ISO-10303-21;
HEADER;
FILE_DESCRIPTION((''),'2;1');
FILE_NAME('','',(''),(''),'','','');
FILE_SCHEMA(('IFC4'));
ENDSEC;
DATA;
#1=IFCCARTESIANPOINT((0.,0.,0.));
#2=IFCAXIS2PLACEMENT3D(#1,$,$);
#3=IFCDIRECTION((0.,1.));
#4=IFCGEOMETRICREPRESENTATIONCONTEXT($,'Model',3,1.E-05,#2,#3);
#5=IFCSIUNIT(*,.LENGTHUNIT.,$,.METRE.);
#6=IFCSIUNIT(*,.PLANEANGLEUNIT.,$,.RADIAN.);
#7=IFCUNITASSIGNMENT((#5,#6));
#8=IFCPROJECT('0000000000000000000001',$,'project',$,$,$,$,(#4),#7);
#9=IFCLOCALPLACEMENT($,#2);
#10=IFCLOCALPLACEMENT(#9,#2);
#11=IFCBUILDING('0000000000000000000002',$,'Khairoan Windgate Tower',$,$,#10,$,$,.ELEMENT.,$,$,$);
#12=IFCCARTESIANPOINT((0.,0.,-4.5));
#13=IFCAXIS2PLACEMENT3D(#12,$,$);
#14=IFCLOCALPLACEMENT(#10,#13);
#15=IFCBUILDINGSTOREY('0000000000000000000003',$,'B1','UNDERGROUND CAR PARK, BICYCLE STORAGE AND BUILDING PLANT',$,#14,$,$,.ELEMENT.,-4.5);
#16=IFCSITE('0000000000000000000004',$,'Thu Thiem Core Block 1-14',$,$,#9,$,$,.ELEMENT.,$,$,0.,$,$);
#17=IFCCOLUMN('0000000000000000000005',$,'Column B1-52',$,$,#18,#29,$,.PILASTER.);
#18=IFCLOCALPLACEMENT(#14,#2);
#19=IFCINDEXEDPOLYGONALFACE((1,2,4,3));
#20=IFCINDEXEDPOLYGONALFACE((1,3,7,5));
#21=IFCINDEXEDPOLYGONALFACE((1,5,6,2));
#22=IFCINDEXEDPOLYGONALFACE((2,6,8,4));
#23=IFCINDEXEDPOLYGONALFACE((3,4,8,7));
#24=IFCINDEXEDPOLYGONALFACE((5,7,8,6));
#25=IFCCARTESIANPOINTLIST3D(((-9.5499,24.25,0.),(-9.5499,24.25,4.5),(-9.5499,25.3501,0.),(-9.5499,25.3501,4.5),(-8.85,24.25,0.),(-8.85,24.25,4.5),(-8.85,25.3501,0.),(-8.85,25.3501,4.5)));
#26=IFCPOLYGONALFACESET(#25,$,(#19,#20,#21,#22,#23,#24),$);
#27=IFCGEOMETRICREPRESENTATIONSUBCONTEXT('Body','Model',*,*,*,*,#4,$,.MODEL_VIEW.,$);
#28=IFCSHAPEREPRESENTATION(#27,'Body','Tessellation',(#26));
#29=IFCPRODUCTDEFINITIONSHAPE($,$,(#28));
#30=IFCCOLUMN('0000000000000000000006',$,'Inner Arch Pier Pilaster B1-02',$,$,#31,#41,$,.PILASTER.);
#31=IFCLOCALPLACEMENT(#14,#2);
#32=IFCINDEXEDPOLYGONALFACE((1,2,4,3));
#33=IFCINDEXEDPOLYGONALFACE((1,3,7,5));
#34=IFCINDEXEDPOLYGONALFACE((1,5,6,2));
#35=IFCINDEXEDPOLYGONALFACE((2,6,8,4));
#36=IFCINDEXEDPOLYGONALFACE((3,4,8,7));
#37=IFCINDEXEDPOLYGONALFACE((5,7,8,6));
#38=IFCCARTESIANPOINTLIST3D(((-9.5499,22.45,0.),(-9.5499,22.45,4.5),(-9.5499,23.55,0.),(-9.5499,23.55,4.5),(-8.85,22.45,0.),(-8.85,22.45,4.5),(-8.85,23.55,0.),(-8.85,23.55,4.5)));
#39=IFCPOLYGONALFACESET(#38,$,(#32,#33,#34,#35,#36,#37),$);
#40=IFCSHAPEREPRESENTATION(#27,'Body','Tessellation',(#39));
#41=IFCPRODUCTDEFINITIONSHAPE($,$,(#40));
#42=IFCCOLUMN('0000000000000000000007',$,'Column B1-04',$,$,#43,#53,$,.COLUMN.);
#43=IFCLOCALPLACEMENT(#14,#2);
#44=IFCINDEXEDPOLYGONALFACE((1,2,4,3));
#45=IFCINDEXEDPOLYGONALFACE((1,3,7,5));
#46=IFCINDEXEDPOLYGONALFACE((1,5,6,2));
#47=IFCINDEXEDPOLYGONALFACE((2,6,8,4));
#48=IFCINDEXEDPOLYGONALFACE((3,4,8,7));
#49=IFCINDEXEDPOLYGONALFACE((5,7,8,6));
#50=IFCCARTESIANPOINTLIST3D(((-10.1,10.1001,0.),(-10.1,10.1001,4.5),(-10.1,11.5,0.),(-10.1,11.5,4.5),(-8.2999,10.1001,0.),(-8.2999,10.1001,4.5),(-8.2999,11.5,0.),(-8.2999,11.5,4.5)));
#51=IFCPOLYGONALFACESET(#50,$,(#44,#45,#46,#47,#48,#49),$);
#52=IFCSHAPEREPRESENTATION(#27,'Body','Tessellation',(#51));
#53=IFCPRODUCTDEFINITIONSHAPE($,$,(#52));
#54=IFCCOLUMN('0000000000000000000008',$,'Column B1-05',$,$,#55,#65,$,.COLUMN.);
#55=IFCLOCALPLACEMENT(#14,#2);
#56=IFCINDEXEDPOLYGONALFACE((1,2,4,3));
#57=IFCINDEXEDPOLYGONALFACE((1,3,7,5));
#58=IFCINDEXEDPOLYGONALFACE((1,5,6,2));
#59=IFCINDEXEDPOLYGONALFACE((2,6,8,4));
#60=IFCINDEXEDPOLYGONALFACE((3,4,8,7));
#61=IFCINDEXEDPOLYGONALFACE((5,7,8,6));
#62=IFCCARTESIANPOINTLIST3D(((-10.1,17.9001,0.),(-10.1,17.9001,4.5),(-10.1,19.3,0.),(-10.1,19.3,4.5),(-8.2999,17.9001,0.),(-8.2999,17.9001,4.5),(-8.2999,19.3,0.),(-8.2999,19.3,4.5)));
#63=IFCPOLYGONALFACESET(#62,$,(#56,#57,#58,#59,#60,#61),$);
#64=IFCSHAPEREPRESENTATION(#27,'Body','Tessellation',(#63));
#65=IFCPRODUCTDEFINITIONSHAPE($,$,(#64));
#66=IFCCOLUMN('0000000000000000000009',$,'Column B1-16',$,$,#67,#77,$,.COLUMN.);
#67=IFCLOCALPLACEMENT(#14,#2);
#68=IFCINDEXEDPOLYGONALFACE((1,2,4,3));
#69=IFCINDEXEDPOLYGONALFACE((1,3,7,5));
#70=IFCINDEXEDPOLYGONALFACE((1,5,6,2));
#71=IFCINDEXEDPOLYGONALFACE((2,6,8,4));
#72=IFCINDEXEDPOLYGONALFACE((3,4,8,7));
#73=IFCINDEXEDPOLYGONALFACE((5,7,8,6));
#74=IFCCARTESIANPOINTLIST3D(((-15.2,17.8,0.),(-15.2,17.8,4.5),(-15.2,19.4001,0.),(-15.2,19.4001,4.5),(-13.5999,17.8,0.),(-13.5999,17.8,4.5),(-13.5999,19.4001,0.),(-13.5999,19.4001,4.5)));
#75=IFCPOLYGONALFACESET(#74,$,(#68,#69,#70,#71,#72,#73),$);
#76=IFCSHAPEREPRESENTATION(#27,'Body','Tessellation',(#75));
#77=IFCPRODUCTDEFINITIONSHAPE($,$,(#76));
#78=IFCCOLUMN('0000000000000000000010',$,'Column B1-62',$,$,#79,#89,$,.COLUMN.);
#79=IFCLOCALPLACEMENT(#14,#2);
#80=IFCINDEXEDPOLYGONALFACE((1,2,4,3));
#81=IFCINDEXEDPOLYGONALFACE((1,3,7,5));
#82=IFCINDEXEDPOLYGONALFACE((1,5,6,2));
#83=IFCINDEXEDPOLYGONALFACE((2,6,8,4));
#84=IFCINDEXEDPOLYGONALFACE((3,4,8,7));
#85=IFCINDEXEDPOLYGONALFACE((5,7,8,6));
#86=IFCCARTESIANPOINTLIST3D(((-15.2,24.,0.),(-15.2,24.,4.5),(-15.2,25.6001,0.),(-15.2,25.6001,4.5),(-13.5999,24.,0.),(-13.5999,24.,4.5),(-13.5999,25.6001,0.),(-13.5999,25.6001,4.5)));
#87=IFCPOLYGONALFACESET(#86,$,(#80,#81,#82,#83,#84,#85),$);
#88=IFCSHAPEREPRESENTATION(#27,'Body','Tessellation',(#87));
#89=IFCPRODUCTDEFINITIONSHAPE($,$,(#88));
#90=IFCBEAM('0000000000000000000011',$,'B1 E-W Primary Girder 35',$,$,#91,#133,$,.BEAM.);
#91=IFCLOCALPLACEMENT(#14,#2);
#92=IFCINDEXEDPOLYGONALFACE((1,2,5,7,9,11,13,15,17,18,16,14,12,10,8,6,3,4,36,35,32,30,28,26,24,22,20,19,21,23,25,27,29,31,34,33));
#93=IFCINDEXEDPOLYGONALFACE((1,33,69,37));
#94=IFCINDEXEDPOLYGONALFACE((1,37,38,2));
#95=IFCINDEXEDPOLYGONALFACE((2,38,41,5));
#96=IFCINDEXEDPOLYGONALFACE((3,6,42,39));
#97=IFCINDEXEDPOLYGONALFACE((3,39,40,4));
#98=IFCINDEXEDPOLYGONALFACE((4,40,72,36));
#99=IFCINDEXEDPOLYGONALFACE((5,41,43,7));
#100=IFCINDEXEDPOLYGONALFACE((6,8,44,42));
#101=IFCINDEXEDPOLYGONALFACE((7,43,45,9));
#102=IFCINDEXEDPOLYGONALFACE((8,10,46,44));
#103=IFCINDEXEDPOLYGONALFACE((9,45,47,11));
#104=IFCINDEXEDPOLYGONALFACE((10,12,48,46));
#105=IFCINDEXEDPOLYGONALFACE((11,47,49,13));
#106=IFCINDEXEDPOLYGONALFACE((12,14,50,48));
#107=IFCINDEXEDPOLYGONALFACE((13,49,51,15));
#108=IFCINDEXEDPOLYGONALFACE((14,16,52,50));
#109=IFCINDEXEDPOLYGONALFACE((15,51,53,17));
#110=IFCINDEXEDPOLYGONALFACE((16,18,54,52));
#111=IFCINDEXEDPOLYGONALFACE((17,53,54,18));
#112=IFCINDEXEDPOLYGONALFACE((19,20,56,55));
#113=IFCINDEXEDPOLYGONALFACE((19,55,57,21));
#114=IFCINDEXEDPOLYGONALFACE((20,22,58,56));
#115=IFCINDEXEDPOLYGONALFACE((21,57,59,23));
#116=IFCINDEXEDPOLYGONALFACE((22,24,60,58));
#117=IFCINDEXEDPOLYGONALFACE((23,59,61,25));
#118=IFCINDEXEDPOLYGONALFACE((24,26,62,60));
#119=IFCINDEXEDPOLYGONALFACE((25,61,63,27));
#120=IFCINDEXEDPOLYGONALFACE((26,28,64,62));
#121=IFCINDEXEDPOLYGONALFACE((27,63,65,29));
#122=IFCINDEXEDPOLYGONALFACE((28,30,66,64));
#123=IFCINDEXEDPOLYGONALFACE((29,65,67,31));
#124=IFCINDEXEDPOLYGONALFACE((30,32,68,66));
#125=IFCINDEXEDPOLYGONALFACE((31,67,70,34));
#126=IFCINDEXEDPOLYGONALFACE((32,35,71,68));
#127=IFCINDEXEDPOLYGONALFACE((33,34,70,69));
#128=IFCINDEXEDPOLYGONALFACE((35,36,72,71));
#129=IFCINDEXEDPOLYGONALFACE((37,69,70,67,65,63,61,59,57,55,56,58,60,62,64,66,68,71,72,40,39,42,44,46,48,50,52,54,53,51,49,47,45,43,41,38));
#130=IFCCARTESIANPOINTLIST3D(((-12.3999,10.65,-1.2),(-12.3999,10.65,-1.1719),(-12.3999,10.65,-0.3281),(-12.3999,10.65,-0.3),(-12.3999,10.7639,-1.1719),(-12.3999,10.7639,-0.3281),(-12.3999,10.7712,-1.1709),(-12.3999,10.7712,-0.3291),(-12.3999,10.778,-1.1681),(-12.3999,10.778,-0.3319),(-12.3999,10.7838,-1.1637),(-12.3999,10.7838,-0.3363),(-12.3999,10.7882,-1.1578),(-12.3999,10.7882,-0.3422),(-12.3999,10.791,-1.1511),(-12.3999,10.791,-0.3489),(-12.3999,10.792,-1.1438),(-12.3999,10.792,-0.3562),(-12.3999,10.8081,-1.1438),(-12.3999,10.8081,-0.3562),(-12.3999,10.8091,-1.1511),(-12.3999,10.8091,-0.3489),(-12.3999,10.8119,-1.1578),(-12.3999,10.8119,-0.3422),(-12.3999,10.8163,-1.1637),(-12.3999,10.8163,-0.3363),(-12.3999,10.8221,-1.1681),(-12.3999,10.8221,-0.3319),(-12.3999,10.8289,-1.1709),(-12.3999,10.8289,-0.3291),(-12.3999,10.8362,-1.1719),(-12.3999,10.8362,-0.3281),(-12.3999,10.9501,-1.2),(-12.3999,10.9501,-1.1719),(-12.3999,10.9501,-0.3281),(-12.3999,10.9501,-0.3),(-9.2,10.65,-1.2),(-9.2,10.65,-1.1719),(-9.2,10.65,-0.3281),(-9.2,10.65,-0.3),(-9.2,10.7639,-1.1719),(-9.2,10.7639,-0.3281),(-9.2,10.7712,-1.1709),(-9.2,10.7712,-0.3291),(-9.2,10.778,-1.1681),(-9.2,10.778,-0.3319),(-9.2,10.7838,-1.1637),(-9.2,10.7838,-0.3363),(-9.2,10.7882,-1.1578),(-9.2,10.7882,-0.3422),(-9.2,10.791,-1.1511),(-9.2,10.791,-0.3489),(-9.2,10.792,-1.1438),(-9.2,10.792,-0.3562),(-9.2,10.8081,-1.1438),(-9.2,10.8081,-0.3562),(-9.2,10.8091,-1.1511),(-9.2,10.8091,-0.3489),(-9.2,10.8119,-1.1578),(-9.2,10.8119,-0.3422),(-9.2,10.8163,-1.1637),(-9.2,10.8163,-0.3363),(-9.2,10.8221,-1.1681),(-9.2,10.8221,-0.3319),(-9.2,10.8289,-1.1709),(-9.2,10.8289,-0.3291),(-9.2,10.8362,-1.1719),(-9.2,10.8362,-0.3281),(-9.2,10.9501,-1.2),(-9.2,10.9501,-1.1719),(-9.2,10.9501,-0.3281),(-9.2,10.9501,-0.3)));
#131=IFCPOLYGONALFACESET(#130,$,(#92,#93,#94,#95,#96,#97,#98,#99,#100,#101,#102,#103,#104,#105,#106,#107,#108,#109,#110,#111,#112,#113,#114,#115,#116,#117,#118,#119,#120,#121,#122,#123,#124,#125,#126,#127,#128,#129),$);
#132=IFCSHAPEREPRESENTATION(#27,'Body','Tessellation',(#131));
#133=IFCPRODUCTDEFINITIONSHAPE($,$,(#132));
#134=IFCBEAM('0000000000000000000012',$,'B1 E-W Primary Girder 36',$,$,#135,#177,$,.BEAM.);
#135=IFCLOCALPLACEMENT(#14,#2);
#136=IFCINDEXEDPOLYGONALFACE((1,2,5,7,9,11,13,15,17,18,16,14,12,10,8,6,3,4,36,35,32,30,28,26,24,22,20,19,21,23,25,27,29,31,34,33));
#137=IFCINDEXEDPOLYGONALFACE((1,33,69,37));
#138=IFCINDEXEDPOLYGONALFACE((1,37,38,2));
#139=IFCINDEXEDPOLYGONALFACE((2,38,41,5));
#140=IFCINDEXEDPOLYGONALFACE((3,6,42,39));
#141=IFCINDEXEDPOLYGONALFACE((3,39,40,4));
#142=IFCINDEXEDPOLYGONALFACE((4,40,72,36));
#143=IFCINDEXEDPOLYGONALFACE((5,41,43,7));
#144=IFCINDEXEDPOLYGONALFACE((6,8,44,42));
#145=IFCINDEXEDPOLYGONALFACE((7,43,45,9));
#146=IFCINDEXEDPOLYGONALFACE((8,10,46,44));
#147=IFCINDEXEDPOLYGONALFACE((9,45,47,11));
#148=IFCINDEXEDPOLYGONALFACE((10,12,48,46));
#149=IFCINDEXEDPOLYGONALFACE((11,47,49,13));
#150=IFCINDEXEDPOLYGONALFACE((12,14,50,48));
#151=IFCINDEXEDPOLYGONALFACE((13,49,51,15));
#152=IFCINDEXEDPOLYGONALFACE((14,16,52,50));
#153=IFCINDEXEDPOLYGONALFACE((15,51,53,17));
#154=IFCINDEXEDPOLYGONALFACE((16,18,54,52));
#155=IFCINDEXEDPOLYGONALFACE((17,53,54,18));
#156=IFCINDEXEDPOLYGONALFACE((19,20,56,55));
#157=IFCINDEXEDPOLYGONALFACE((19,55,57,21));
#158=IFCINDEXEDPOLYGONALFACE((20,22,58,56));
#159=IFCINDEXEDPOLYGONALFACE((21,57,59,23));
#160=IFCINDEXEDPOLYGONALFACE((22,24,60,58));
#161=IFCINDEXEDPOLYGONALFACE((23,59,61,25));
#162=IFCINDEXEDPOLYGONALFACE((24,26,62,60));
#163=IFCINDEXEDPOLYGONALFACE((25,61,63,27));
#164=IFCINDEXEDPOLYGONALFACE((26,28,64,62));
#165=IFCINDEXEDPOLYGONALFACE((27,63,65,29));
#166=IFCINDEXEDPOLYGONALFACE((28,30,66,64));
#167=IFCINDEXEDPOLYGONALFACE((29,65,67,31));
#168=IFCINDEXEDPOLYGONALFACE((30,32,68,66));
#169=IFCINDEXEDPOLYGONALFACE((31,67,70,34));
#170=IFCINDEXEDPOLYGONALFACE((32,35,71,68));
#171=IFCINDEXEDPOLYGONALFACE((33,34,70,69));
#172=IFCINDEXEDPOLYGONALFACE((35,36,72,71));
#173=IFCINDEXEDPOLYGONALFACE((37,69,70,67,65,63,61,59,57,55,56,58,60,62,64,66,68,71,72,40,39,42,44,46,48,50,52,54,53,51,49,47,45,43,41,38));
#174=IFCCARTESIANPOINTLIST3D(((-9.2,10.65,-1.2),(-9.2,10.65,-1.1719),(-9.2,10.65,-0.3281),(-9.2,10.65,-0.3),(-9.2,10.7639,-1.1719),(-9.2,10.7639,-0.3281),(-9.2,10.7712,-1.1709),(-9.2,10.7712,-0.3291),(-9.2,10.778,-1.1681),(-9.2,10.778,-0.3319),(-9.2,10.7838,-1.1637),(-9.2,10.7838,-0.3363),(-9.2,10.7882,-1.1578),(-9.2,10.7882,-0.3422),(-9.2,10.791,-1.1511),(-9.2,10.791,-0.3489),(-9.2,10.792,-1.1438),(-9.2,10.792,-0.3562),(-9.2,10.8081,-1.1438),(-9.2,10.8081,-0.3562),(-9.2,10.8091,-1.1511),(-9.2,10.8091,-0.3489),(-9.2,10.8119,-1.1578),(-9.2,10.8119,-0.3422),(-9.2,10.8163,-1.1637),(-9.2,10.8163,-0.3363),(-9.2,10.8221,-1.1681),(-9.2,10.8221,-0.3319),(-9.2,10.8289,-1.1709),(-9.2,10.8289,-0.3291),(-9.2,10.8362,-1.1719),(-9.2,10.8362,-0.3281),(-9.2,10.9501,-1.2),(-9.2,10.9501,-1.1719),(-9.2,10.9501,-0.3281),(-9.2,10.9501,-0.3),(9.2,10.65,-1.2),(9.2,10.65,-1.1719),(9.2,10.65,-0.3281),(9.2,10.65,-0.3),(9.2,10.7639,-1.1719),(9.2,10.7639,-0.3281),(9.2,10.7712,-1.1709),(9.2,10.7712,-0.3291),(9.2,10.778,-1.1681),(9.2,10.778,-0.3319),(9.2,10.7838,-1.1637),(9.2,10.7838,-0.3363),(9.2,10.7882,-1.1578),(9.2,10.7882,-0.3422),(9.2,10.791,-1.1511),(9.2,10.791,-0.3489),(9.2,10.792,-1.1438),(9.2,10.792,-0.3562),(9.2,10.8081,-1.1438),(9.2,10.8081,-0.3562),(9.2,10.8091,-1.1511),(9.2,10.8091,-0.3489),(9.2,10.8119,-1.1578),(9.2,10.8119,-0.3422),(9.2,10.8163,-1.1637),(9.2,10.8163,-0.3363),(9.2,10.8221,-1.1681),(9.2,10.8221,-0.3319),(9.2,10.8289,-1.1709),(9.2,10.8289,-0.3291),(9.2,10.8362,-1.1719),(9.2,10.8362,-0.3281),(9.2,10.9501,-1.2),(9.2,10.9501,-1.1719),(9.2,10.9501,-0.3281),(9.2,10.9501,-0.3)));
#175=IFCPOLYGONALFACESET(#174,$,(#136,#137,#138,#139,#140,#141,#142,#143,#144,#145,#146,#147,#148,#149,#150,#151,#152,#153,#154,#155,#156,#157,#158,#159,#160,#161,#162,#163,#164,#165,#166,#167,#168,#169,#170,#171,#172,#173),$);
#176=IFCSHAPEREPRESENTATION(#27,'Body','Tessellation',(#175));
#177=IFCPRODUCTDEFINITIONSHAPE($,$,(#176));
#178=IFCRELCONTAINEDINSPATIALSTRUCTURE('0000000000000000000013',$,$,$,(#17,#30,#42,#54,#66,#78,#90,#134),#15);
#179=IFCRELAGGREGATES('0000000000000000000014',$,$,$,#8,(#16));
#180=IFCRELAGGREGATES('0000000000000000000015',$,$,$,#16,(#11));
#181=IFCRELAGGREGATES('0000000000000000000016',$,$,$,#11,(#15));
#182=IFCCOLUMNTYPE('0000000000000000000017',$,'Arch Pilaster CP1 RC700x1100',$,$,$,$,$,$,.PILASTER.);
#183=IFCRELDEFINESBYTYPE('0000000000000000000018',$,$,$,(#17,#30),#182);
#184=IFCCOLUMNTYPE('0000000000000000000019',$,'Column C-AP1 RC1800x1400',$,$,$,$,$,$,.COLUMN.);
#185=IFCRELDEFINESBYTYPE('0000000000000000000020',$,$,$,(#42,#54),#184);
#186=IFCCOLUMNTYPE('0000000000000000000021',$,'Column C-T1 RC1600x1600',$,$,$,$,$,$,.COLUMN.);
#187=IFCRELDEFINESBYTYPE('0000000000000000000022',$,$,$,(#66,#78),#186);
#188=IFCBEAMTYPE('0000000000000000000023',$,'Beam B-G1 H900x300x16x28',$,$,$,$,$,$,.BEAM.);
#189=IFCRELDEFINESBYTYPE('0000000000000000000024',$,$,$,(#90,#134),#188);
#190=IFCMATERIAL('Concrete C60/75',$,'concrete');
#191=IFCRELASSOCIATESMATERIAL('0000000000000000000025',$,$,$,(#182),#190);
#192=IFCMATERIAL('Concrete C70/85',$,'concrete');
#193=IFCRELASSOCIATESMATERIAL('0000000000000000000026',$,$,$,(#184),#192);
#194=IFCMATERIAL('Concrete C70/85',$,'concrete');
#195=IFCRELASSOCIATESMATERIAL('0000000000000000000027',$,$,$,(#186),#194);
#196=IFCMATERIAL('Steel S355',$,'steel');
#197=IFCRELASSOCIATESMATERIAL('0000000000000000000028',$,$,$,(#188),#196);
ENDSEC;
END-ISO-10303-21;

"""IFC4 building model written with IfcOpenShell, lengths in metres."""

from ifc_helpers import new_model, si_unit, direction, frame, origin, origin_2d, place, context, subcontext, project, spatial, rectangle, i_section, extrude, material, material_profile, profile_set, type_object, element, save


model = new_model("IFC4")

# Units and contexts
model_context = context("Model", 3, precision=1e-05, world=origin(), true_north=direction((0.0, 1.0)))
body_context = subcontext(model_context, "Body", "Model", "MODEL_VIEW")
ifc_project = project(units=[si_unit("LENGTHUNIT", "METRE"), si_unit("PLANEANGLEUNIT", "RADIAN")], contexts=[model_context])

# Site, building, storey
site_placement = place(None, origin())
site = spatial("IfcSite", under=ifc_project, at=site_placement, Name="Thu Thiem Core Block 1-14", CompositionType="ELEMENT", RefElevation=0.0)
building_placement = place(site_placement, origin())
building = spatial("IfcBuilding", under=site, at=building_placement, Name="Khairoan Windgate Tower", CompositionType="ELEMENT")
storey_placement = place(building_placement, frame((0.0, 0.0, -4.5)))
storey = spatial("IfcBuildingStorey", under=building, at=storey_placement, Name="B1", Description="UNDERGROUND CAR PARK, BICYCLE STORAGE AND BUILDING PLANT", CompositionType="ELEMENT", Elevation=-4.5)

# Columns
ifc_material_1 = material(Name="Concrete C60/75", Category="concrete")
ifc_material_profile_1 = material_profile(ifc_material_1, rectangle(XDim=0.7, YDim=1.1001, at=origin_2d()))
ifc_profile_set_1 = profile_set([ifc_material_profile_1], Name="Concrete C60/75")
column_type_1 = type_object("IfcColumnType", Name="Arch Pilaster CP1 RC700x1100", PredefinedType="PILASTER", material=ifc_profile_set_1)
for number, where, z_axis, x_axis, name in (
    (1, (-9.2, 24.8, 0.0), (0.0, 0.0, 1.0), (1.0, 0.0, 0.0), "Column B1-52"),
    (2, (-9.2, 23.0, 0.0), (0.0, 0.0, 1.0), (1.0, 0.0, 0.0), "Inner Arch Pier Pilaster B1-02"),
):
    element("IfcColumn", number, at=place(storey_placement, frame(where, z_axis=z_axis, x_axis=x_axis)), inside=storey, type_object=column_type_1, Name=name, PredefinedType="PILASTER", context=body_context, shape_type="SweptSolid", body=[
        extrude(rectangle(XDim=0.7, YDim=1.1001, at=origin_2d()), origin(), (0.0, 0.0, 1.0), 4.5),
    ])
ifc_material_2 = material(Name="Concrete C70/85", Category="concrete")
ifc_material_profile_2 = material_profile(ifc_material_2, rectangle(XDim=1.8, YDim=1.3999, at=origin_2d()))
ifc_profile_set_2 = profile_set([ifc_material_profile_2], Name="Concrete C70/85")
column_type_2 = type_object("IfcColumnType", Name="Column C-AP1 RC1800x1400", PredefinedType="COLUMN", material=ifc_profile_set_2)
for number, where, z_axis, x_axis, name in (
    (3, (-9.2, 10.8, 0.0), (0.0, 0.0, 1.0), (1.0, 0.0, 0.0), "Column B1-04"),
    (4, (-9.2, 18.6001, 0.0), (0.0, 0.0, 1.0), (1.0, 0.0, 0.0), "Column B1-05"),
):
    element("IfcColumn", number, at=place(storey_placement, frame(where, z_axis=z_axis, x_axis=x_axis)), inside=storey, type_object=column_type_2, Name=name, PredefinedType="COLUMN", context=body_context, shape_type="SweptSolid", body=[
        extrude(rectangle(XDim=1.8, YDim=1.3999, at=origin_2d()), origin(), (0.0, 0.0, 1.0), 4.5),
    ])
ifc_material_3 = material(Name="Concrete C70/85", Category="concrete")
ifc_material_profile_3 = material_profile(ifc_material_3, rectangle(XDim=1.6001, YDim=1.6001, at=origin_2d()))
ifc_profile_set_3 = profile_set([ifc_material_profile_3], Name="Concrete C70/85")
column_type_3 = type_object("IfcColumnType", Name="Column C-T1 RC1600x1600", PredefinedType="COLUMN", material=ifc_profile_set_3)
for number, where, z_axis, x_axis, name in (
    (5, (-14.3999, 18.6001, 0.0), (0.0, 0.0, 1.0), (1.0, 0.0, 0.0), "Column B1-16"),
    (6, (-14.3999, 24.8, 0.0), (0.0, 0.0, 1.0), (1.0, 0.0, 0.0), "Column B1-62"),
):
    element("IfcColumn", number, at=place(storey_placement, frame(where, z_axis=z_axis, x_axis=x_axis)), inside=storey, type_object=column_type_3, Name=name, PredefinedType="COLUMN", context=body_context, shape_type="SweptSolid", body=[
        extrude(rectangle(XDim=1.6001, YDim=1.6001, at=origin_2d()), origin(), (0.0, 0.0, 1.0), 4.5),
    ])

# Beams
ifc_material_4 = material(Name="Steel S355", Category="steel")
ifc_material_profile_4 = material_profile(ifc_material_4, i_section(OverallWidth=0.3, OverallDepth=0.8999, WebThickness=0.0161, FlangeThickness=0.0281, FilletRadius=0.0281, at=origin_2d()))
ifc_profile_set_4 = profile_set([ifc_material_profile_4], Name="Steel S355")
beam_type_1 = type_object("IfcBeamType", Name="Beam B-G1 H900x300x16x28", PredefinedType="BEAM", material=ifc_profile_set_4)
beam_1_placement = place(storey_placement, frame((-12.3999, 10.8, -0.75), z_axis=(1.0, 0.0, 0.0), x_axis=(0.0, 1.0, 0.0)))
element("IfcBeam", 7, at=beam_1_placement, inside=storey, type_object=beam_type_1, Name="B1 E-W Primary Girder 35", PredefinedType="BEAM", context=body_context, shape_type="SweptSolid", body=[
    extrude(i_section(OverallWidth=0.3, OverallDepth=0.8999, WebThickness=0.0161, FlangeThickness=0.0281, FilletRadius=0.0281, at=origin_2d()), origin(), (0.0, 0.0, 1.0), 3.2),
])
beam_2_placement = place(storey_placement, frame((-9.2, 10.8, -0.75), z_axis=(1.0, 0.0, 0.0), x_axis=(0.0, 1.0, 0.0)))
element("IfcBeam", 8, at=beam_2_placement, inside=storey, type_object=beam_type_1, Name="B1 E-W Primary Girder 36", PredefinedType="BEAM", context=body_context, shape_type="SweptSolid", body=[
    extrude(i_section(OverallWidth=0.3, OverallDepth=0.8999, WebThickness=0.0161, FlangeThickness=0.0281, FilletRadius=0.0281, at=origin_2d()), origin(), (0.0, 0.0, 1.0), 18.3999),
])

save(model, "model.ifc")
